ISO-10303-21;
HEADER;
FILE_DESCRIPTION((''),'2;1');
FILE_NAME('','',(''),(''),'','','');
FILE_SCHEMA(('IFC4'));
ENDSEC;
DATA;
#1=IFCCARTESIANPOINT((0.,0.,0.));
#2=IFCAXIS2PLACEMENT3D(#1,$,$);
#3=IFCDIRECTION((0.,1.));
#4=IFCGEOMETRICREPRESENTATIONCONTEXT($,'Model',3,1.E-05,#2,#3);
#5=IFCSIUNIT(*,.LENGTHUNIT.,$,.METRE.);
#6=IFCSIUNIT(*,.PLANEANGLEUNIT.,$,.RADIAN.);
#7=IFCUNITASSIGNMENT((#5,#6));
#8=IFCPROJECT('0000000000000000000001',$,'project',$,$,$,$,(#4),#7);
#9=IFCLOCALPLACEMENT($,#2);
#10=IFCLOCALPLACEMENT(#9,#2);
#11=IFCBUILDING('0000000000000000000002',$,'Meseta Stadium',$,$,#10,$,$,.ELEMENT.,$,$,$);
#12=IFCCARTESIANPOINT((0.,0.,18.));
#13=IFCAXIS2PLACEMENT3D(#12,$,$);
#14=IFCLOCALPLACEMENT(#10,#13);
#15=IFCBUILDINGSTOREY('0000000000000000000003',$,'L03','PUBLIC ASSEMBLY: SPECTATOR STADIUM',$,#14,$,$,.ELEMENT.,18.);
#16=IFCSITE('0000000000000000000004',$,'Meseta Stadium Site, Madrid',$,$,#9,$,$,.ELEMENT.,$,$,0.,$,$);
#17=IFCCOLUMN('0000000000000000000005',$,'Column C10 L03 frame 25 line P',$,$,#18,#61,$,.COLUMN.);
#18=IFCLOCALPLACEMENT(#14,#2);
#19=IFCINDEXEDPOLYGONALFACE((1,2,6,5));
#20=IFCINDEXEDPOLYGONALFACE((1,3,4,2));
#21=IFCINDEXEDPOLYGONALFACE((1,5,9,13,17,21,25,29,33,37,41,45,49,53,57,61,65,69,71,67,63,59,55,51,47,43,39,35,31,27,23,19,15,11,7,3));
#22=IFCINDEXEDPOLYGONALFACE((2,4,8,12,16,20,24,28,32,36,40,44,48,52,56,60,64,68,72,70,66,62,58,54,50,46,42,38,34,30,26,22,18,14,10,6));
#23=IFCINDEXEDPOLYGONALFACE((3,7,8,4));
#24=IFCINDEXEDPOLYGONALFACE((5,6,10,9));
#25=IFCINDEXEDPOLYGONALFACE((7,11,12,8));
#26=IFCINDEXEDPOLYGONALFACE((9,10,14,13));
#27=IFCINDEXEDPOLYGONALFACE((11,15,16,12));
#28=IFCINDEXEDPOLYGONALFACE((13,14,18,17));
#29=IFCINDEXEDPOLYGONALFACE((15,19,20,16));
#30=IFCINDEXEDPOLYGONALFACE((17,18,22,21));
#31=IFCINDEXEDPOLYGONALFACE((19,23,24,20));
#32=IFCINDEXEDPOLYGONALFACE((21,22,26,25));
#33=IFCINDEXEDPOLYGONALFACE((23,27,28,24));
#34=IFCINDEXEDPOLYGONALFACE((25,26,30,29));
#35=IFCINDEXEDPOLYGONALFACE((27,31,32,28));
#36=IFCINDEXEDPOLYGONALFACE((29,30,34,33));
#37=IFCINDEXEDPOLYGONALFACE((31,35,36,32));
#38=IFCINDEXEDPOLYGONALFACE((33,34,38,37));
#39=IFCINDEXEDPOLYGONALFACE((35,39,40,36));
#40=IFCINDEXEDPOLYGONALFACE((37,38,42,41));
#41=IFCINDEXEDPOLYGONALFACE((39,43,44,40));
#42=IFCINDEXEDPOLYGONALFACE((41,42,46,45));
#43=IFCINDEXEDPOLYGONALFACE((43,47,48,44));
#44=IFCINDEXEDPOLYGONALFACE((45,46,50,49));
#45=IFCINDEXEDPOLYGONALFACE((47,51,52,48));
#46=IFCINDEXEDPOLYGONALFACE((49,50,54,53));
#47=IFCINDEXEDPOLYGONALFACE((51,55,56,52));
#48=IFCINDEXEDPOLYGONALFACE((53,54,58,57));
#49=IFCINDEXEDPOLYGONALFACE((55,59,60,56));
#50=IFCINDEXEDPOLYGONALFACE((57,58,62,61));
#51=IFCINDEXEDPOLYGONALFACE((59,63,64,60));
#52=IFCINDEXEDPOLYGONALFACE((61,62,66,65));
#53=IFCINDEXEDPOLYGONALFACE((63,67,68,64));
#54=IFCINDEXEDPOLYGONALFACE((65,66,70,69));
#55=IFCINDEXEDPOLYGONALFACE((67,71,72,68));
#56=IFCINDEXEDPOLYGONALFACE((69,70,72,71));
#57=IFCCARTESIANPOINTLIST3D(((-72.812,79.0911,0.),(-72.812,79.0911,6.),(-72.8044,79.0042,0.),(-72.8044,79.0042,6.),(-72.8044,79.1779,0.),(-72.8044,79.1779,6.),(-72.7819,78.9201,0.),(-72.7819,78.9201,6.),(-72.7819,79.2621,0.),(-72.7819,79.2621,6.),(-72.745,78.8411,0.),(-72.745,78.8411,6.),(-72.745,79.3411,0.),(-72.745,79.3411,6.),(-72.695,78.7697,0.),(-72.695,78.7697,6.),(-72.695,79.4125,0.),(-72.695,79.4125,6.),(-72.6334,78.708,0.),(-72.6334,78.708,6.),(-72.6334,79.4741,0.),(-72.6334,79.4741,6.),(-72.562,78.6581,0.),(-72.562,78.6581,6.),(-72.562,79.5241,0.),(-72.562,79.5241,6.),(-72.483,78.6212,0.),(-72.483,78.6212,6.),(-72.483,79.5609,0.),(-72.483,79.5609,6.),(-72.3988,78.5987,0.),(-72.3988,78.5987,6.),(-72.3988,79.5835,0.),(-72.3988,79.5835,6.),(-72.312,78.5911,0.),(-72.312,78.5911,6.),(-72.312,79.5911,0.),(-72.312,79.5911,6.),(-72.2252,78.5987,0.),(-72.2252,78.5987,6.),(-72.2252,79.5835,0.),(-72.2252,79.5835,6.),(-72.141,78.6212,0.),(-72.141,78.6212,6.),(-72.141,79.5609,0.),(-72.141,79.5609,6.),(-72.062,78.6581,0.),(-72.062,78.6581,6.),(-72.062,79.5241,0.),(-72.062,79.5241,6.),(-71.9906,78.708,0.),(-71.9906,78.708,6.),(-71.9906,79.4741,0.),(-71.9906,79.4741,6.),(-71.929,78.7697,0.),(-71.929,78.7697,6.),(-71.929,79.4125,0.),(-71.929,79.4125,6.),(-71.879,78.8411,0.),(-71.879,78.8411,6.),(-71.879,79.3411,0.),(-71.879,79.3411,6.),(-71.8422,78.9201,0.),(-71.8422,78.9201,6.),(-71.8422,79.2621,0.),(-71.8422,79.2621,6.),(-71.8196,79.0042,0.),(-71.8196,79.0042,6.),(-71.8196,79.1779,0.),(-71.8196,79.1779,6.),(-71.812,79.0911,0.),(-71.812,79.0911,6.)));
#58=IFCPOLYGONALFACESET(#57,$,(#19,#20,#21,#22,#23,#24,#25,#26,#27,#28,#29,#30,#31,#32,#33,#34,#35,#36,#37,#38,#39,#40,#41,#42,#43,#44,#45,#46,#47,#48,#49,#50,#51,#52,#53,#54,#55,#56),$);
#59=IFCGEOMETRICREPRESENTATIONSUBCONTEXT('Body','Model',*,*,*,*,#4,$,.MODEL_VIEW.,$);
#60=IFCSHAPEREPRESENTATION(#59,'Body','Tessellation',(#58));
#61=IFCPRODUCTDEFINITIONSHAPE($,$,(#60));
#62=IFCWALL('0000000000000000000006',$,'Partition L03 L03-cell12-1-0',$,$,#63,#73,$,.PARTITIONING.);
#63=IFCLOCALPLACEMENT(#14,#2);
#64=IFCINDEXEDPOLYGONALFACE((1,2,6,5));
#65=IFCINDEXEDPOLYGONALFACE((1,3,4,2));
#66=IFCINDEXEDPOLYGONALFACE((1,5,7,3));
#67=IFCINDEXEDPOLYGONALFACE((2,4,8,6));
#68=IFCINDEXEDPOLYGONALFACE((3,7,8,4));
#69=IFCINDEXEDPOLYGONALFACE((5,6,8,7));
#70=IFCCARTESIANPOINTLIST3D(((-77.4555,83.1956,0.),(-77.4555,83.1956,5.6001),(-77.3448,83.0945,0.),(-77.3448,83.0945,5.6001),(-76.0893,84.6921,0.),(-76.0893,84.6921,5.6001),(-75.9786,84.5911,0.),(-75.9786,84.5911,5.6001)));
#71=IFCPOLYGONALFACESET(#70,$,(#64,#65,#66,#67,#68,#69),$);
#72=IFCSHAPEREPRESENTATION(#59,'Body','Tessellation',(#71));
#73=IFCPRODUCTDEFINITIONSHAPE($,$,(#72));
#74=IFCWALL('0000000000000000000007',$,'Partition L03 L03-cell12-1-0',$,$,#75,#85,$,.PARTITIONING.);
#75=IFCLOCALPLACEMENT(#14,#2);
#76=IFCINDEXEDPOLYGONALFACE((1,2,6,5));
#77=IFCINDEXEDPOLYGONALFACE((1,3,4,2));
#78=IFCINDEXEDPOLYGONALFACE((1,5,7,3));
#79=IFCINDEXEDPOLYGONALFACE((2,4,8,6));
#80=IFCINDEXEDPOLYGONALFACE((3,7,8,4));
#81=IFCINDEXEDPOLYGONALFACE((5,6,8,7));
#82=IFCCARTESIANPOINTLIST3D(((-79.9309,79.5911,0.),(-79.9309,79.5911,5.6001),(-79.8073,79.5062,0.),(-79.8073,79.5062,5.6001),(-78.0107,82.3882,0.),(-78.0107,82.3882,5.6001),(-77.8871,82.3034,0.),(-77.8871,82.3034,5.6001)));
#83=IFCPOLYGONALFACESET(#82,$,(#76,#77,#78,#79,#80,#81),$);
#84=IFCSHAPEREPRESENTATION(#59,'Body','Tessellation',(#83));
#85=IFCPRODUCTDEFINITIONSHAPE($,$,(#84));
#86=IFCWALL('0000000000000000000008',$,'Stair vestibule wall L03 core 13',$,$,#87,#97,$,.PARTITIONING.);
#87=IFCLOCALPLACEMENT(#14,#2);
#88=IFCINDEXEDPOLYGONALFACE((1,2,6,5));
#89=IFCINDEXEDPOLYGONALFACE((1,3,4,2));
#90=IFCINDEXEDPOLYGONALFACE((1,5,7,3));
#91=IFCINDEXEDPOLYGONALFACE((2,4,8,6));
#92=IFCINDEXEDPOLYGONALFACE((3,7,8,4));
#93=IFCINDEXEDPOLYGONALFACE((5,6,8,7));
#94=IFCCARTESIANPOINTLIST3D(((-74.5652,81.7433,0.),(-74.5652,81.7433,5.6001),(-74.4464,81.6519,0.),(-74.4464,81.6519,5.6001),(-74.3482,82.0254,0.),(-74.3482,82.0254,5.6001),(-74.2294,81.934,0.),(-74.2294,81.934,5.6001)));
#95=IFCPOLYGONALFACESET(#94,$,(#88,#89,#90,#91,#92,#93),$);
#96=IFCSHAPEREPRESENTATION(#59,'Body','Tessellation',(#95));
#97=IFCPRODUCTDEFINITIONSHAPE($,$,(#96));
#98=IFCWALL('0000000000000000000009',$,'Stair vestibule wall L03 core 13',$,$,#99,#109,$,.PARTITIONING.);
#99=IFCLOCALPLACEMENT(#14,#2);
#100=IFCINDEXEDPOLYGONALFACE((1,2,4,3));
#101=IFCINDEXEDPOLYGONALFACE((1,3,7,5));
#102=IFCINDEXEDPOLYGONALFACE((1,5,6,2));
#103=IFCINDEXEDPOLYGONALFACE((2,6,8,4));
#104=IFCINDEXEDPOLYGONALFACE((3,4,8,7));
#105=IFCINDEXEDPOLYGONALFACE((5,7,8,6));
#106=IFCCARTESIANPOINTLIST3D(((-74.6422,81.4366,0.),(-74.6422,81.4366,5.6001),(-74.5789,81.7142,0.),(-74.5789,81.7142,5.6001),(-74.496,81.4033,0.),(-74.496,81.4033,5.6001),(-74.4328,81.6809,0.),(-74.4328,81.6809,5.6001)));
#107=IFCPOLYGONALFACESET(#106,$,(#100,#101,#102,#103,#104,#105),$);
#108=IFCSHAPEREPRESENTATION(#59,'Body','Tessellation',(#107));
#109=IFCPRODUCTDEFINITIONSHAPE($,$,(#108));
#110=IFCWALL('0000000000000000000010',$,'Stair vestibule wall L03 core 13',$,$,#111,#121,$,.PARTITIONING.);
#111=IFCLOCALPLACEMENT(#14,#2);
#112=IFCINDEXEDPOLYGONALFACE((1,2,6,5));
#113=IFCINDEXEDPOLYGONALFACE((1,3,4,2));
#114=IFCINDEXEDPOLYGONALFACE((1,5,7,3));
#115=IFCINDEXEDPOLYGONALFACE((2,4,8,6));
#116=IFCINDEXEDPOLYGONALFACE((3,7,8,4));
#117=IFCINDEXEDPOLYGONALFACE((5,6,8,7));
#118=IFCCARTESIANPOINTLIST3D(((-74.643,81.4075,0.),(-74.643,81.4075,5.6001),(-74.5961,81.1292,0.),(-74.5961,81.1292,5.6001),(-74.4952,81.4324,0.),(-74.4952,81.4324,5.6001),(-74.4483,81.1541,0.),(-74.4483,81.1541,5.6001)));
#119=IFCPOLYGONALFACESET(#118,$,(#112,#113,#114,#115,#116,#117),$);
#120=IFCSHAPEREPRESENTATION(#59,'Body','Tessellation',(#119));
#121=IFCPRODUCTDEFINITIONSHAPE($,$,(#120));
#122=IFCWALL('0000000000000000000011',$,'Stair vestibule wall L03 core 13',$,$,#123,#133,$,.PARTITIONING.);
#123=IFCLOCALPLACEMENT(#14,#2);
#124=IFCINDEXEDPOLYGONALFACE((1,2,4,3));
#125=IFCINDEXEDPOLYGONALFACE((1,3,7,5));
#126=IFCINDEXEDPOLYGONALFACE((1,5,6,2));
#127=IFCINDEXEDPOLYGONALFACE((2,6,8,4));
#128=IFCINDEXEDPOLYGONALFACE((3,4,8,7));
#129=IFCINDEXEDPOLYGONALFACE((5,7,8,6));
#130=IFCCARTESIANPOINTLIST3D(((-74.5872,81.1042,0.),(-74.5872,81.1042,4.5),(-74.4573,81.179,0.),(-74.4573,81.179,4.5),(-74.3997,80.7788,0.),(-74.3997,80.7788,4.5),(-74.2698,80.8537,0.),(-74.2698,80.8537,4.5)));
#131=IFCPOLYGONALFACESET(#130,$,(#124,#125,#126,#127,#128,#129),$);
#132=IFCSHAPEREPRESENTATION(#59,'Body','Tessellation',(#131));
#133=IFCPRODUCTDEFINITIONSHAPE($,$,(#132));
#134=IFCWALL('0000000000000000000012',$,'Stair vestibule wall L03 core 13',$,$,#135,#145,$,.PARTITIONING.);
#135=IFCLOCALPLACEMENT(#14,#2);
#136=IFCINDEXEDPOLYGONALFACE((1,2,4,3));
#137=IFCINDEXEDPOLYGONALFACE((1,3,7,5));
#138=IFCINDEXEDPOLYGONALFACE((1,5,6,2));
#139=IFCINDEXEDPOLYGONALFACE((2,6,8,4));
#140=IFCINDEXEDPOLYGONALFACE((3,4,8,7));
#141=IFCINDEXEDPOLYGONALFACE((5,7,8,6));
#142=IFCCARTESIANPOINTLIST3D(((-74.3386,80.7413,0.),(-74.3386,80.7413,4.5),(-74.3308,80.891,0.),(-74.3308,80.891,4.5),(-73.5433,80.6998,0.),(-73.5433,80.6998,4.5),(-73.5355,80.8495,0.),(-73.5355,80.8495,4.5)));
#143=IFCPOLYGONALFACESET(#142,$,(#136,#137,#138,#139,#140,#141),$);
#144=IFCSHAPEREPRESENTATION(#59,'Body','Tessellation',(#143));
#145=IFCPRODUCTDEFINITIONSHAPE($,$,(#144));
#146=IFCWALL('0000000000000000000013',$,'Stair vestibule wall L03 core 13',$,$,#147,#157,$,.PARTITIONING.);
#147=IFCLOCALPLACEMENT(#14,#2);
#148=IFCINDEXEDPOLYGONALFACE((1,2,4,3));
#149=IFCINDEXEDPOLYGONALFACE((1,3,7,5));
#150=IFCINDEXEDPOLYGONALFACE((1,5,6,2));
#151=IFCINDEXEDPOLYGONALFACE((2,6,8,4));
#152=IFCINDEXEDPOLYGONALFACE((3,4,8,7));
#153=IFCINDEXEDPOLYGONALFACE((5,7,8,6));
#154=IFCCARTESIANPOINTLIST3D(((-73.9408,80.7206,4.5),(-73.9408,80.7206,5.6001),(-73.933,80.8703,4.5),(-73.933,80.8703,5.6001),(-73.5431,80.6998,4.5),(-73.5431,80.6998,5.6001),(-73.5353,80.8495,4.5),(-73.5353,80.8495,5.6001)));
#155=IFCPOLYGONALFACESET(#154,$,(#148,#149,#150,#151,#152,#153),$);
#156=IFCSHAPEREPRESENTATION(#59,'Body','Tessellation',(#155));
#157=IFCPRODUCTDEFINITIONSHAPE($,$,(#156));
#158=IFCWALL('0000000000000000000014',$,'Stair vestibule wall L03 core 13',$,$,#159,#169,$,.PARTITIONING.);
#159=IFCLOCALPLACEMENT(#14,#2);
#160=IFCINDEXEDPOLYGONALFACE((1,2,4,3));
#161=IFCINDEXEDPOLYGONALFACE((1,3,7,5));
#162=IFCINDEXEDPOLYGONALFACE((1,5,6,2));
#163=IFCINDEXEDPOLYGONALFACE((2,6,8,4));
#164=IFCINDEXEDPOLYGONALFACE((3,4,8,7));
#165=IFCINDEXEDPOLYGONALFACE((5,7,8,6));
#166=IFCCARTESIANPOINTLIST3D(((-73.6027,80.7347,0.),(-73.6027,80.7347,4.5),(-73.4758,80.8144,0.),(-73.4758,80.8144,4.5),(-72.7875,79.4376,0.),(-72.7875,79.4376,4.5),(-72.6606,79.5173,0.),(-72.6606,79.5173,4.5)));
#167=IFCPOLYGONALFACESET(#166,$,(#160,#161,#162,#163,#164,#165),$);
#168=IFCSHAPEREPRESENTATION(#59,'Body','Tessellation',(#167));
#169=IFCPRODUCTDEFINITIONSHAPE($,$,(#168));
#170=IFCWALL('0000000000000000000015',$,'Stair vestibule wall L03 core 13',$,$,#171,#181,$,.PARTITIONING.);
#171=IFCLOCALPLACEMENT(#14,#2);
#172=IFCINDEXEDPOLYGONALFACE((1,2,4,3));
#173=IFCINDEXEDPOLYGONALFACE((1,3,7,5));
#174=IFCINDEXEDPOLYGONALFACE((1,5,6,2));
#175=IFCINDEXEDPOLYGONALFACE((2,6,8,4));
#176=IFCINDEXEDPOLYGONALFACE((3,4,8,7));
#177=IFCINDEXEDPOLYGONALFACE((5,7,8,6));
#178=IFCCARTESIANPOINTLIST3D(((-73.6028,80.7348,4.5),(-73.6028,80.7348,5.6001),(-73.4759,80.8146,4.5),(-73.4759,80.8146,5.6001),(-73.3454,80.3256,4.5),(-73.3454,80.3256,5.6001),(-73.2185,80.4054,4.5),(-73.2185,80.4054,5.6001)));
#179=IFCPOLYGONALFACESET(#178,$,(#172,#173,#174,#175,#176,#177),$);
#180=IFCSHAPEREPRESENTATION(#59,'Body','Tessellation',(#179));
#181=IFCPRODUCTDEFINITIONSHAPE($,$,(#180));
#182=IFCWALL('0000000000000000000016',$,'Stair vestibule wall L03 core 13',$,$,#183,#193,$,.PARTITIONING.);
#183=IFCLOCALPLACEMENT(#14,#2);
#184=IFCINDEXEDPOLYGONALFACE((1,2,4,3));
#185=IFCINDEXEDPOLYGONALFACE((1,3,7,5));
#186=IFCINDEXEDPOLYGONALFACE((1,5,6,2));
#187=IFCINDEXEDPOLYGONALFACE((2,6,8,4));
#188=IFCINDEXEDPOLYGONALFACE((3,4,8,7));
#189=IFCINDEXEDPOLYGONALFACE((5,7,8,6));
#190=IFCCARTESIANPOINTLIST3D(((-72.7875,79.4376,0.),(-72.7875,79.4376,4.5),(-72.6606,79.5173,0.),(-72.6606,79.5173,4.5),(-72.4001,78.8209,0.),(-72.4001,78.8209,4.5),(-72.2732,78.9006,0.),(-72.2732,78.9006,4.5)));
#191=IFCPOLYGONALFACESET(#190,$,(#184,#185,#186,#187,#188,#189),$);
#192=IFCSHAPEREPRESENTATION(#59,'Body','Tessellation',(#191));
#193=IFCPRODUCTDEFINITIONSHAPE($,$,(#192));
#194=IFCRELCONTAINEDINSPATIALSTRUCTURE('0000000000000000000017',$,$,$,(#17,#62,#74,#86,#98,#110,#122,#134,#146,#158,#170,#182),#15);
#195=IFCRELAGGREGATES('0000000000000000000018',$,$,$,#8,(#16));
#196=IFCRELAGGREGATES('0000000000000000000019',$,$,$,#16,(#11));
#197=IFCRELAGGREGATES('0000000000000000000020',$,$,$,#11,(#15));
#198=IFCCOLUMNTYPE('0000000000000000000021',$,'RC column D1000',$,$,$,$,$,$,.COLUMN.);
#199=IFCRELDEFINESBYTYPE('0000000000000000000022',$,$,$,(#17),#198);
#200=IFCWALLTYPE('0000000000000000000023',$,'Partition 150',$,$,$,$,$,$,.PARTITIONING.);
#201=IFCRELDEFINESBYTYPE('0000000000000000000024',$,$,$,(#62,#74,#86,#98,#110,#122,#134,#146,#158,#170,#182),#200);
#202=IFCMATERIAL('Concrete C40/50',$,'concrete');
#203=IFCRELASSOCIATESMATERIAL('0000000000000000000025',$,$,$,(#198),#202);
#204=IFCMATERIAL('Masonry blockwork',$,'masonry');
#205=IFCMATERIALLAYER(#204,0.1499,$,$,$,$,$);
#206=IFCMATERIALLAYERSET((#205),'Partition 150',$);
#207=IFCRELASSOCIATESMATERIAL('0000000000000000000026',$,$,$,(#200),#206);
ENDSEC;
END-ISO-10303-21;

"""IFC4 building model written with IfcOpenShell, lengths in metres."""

from ifc_helpers import new_model, si_unit, direction, frame, frame_2d, origin, origin_2d, place, context, subcontext, project, spatial, rectangle, circle, extrude, material, layer, layer_set, material_profile, profile_set, type_object, element, save


model = new_model("IFC4")

# Units and contexts
model_context = context("Model", 3, precision=1e-05, world=origin(), true_north=direction((0.0, 1.0)))
body_context = subcontext(model_context, "Body", "Model", "MODEL_VIEW")
ifc_project = project(units=[si_unit("LENGTHUNIT", "METRE"), si_unit("PLANEANGLEUNIT", "RADIAN")], contexts=[model_context])

# Site, building, storey
site_placement = place(None, origin())
site = spatial("IfcSite", under=ifc_project, at=site_placement, Name="Meseta Stadium Site, Madrid", CompositionType="ELEMENT", RefElevation=0.0)
building_placement = place(site_placement, origin())
building = spatial("IfcBuilding", under=site, at=building_placement, Name="Meseta Stadium", CompositionType="ELEMENT")
storey_placement = place(building_placement, frame((0.0, 0.0, 18.0)))
storey = spatial("IfcBuildingStorey", under=building, at=storey_placement, Name="L03", Description="PUBLIC ASSEMBLY: SPECTATOR STADIUM", CompositionType="ELEMENT", Elevation=18.0)

# Column
ifc_material_1 = material(Name="Concrete C40/50", Category="concrete")
ifc_material_profile = material_profile(ifc_material_1, circle(Radius=0.5, at=origin_2d()), Name="RC D1000")
ifc_profile_set = profile_set([ifc_material_profile], Name="Concrete C40/50")
column_type = type_object("IfcColumnType", Name="RC column D1000", PredefinedType="COLUMN", material=ifc_profile_set)
column_placement = place(storey_placement, frame((-72.312, 79.0911, 0.0), z_axis=(0.0, 0.0, 1.0), x_axis=(1.0, 0.0, 0.0)))
element("IfcColumn", 1, at=column_placement, inside=storey, type_object=column_type, Name="Column C10 L03 frame 25 line P", PredefinedType="COLUMN", context=body_context, shape_type="SweptSolid", body=[
    extrude(circle(Radius=0.5, at=origin_2d()), origin(), (0.0, 0.0, 1.0), 6.0),
])

# Walls
ifc_material_2 = material(Name="Masonry blockwork", Category="masonry")
ifc_layer = layer(ifc_material_2, 0.1499)
ifc_layer_set = layer_set([ifc_layer], Name="Partition 150")
wall_type = type_object("IfcWallType", Name="Partition 150", PredefinedType="PARTITIONING", material=ifc_layer_set)
wall_1_placement = place(storey_placement, frame((-76.0339, 84.6416, 0.0), z_axis=(0.0, 0.0, 1.0), x_axis=(-0.674207, -0.738543, 0.0)))
element("IfcWall", 2, at=wall_1_placement, inside=storey, type_object=wall_type, Name="Partition L03 L03-cell12-1-0", PredefinedType="PARTITIONING", context=body_context, shape_type="SweptSolid", body=[
    extrude(rectangle(XDim=2.0264, YDim=0.1499, at=frame_2d((1.0132, 0.0))), origin(), (0.0, 0.0, 1.0), 5.6001),
])
wall_2_placement = place(storey_placement, frame((-77.949, 82.3457, 0.0), z_axis=(0.0, 0.0, 1.0), x_axis=(-0.565958, -0.824434, 0.0)))
element("IfcWall", 3, at=wall_2_placement, inside=storey, type_object=wall_type, Name="Partition L03 L03-cell12-1-0", PredefinedType="PARTITIONING", context=body_context, shape_type="SweptSolid", body=[
    extrude(rectangle(XDim=3.3928, YDim=0.1499, at=frame_2d((1.6963, 0.0))), origin(), (0.0, 0.0, 1.0), 5.6001),
])
wall_3_placement = place(storey_placement, frame((-74.2888, 81.9797, 0.0), z_axis=(0.0, 0.0, 1.0), x_axis=(-0.609611, -0.7927, 0.0)))
element("IfcWall", 4, at=wall_3_placement, inside=storey, type_object=wall_type, Name="Stair vestibule wall L03 core 13", PredefinedType="PARTITIONING", context=body_context, shape_type="SweptSolid", body=[
    extrude(rectangle(XDim=0.356, YDim=0.1499, at=frame_2d((0.178, 0.0))), origin(), (0.0, 0.0, 1.0), 5.6001),
])
wall_4_placement = place(storey_placement, frame((-74.5059, 81.6975, 0.0), z_axis=(0.0, 0.0, 1.0), x_axis=(-0.222103, -0.975023, 0.0)))
element("IfcWall", 5, at=wall_4_placement, inside=storey, type_object=wall_type, Name="Stair vestibule wall L03 core 13", PredefinedType="PARTITIONING", context=body_context, shape_type="SweptSolid", body=[
    extrude(rectangle(XDim=0.2847, YDim=0.1499, at=frame_2d((0.1423, 0.0))), origin(), (0.0, 0.0, 1.0), 5.6001),
])
wall_5_placement = place(storey_placement, frame((-74.5691, 81.4199, 0.0), z_axis=(0.0, 0.0, 1.0), x_axis=(0.166082, -0.986112, 0.0)))
element("IfcWall", 6, at=wall_5_placement, inside=storey, type_object=wall_type, Name="Stair vestibule wall L03 core 13", PredefinedType="PARTITIONING", context=body_context, shape_type="SweptSolid", body=[
    extrude(rectangle(XDim=0.2822, YDim=0.1499, at=frame_2d((0.1411, 0.0))), origin(), (0.0, 0.0, 1.0), 5.6001),
])
wall_6_placement = place(storey_placement, frame((-74.5222, 81.1416, 0.0), z_axis=(0.0, 0.0, 1.0), x_axis=(0.499216, -0.866478, 0.0)))
element("IfcWall", 7, at=wall_6_placement, inside=storey, type_object=wall_type, Name="Stair vestibule wall L03 core 13", PredefinedType="PARTITIONING", context=body_context, shape_type="SweptSolid", body=[
    extrude(rectangle(XDim=0.3755, YDim=0.1499, at=frame_2d((0.1877, 0.0))), origin(), (0.0, 0.0, 1.0), 4.5),
])
wall_7_placement = place(storey_placement, frame((-74.3347, 80.8162, 0.0), z_axis=(0.0, 0.0, 1.0), x_axis=(0.998641, -0.052108, 0.0)))
element("IfcWall", 8, at=wall_7_placement, inside=storey, type_object=wall_type, Name="Stair vestibule wall L03 core 13", PredefinedType="PARTITIONING", context=body_context, shape_type="SweptSolid", body=[
    extrude(rectangle(XDim=0.7964, YDim=0.1499, at=frame_2d((0.3982, 0.0))), origin(), (0.0, 0.0, 1.0), 4.5),
])
wall_8_placement = place(storey_placement, frame((-73.937, 80.7954, 4.5), z_axis=(0.0, 0.0, 1.0), x_axis=(0.998641, -0.052108, 0.0)))
element("IfcWall", 9, at=wall_8_placement, inside=storey, type_object=wall_type, Name="Stair vestibule wall L03 core 13", PredefinedType="PARTITIONING", context=body_context, shape_type="SweptSolid", body=[
    extrude(rectangle(XDim=0.3982, YDim=0.1499, at=frame_2d((0.1992, 0.0))), origin(), (0.0, 0.0, 1.0), 1.1001),
])
wall_9_placement = place(storey_placement, frame((-73.5393, 80.7747, 0.0), z_axis=(0.0, 0.0, 1.0), x_axis=(0.532103, -0.84668, 0.0)))
element("IfcWall", 10, at=wall_9_placement, inside=storey, type_object=wall_type, Name="Stair vestibule wall L03 core 13", PredefinedType="PARTITIONING", context=body_context, shape_type="SweptSolid", body=[
    extrude(rectangle(XDim=1.532, YDim=0.1499, at=frame_2d((0.7661, 0.0))), origin(), (0.0, 0.0, 1.0), 4.5),
])
wall_10_placement = place(storey_placement, frame((-73.5393, 80.7747, 4.5), z_axis=(0.0, 0.0, 1.0), x_axis=(0.532358, -0.846519, 0.0)))
element("IfcWall", 11, at=wall_10_placement, inside=storey, type_object=wall_type, Name="Stair vestibule wall L03 core 13", PredefinedType="PARTITIONING", context=body_context, shape_type="SweptSolid", body=[
    extrude(rectangle(XDim=0.4834, YDim=0.1499, at=frame_2d((0.2417, 0.0))), origin(), (0.0, 0.0, 1.0), 1.1001),
])
wall_11_placement = place(storey_placement, frame((-72.7241, 79.4775, 0.0), z_axis=(0.0, 0.0, 1.0), x_axis=(0.531986, -0.846753, 0.0)))
element("IfcWall", 12, at=wall_11_placement, inside=storey, type_object=wall_type, Name="Stair vestibule wall L03 core 13", PredefinedType="PARTITIONING", context=body_context, shape_type="SweptSolid", body=[
    extrude(rectangle(XDim=0.7283, YDim=0.1499, at=frame_2d((0.3643, 0.0))), origin(), (0.0, 0.0, 1.0), 4.5),
])

save(model, "model.ifc")
